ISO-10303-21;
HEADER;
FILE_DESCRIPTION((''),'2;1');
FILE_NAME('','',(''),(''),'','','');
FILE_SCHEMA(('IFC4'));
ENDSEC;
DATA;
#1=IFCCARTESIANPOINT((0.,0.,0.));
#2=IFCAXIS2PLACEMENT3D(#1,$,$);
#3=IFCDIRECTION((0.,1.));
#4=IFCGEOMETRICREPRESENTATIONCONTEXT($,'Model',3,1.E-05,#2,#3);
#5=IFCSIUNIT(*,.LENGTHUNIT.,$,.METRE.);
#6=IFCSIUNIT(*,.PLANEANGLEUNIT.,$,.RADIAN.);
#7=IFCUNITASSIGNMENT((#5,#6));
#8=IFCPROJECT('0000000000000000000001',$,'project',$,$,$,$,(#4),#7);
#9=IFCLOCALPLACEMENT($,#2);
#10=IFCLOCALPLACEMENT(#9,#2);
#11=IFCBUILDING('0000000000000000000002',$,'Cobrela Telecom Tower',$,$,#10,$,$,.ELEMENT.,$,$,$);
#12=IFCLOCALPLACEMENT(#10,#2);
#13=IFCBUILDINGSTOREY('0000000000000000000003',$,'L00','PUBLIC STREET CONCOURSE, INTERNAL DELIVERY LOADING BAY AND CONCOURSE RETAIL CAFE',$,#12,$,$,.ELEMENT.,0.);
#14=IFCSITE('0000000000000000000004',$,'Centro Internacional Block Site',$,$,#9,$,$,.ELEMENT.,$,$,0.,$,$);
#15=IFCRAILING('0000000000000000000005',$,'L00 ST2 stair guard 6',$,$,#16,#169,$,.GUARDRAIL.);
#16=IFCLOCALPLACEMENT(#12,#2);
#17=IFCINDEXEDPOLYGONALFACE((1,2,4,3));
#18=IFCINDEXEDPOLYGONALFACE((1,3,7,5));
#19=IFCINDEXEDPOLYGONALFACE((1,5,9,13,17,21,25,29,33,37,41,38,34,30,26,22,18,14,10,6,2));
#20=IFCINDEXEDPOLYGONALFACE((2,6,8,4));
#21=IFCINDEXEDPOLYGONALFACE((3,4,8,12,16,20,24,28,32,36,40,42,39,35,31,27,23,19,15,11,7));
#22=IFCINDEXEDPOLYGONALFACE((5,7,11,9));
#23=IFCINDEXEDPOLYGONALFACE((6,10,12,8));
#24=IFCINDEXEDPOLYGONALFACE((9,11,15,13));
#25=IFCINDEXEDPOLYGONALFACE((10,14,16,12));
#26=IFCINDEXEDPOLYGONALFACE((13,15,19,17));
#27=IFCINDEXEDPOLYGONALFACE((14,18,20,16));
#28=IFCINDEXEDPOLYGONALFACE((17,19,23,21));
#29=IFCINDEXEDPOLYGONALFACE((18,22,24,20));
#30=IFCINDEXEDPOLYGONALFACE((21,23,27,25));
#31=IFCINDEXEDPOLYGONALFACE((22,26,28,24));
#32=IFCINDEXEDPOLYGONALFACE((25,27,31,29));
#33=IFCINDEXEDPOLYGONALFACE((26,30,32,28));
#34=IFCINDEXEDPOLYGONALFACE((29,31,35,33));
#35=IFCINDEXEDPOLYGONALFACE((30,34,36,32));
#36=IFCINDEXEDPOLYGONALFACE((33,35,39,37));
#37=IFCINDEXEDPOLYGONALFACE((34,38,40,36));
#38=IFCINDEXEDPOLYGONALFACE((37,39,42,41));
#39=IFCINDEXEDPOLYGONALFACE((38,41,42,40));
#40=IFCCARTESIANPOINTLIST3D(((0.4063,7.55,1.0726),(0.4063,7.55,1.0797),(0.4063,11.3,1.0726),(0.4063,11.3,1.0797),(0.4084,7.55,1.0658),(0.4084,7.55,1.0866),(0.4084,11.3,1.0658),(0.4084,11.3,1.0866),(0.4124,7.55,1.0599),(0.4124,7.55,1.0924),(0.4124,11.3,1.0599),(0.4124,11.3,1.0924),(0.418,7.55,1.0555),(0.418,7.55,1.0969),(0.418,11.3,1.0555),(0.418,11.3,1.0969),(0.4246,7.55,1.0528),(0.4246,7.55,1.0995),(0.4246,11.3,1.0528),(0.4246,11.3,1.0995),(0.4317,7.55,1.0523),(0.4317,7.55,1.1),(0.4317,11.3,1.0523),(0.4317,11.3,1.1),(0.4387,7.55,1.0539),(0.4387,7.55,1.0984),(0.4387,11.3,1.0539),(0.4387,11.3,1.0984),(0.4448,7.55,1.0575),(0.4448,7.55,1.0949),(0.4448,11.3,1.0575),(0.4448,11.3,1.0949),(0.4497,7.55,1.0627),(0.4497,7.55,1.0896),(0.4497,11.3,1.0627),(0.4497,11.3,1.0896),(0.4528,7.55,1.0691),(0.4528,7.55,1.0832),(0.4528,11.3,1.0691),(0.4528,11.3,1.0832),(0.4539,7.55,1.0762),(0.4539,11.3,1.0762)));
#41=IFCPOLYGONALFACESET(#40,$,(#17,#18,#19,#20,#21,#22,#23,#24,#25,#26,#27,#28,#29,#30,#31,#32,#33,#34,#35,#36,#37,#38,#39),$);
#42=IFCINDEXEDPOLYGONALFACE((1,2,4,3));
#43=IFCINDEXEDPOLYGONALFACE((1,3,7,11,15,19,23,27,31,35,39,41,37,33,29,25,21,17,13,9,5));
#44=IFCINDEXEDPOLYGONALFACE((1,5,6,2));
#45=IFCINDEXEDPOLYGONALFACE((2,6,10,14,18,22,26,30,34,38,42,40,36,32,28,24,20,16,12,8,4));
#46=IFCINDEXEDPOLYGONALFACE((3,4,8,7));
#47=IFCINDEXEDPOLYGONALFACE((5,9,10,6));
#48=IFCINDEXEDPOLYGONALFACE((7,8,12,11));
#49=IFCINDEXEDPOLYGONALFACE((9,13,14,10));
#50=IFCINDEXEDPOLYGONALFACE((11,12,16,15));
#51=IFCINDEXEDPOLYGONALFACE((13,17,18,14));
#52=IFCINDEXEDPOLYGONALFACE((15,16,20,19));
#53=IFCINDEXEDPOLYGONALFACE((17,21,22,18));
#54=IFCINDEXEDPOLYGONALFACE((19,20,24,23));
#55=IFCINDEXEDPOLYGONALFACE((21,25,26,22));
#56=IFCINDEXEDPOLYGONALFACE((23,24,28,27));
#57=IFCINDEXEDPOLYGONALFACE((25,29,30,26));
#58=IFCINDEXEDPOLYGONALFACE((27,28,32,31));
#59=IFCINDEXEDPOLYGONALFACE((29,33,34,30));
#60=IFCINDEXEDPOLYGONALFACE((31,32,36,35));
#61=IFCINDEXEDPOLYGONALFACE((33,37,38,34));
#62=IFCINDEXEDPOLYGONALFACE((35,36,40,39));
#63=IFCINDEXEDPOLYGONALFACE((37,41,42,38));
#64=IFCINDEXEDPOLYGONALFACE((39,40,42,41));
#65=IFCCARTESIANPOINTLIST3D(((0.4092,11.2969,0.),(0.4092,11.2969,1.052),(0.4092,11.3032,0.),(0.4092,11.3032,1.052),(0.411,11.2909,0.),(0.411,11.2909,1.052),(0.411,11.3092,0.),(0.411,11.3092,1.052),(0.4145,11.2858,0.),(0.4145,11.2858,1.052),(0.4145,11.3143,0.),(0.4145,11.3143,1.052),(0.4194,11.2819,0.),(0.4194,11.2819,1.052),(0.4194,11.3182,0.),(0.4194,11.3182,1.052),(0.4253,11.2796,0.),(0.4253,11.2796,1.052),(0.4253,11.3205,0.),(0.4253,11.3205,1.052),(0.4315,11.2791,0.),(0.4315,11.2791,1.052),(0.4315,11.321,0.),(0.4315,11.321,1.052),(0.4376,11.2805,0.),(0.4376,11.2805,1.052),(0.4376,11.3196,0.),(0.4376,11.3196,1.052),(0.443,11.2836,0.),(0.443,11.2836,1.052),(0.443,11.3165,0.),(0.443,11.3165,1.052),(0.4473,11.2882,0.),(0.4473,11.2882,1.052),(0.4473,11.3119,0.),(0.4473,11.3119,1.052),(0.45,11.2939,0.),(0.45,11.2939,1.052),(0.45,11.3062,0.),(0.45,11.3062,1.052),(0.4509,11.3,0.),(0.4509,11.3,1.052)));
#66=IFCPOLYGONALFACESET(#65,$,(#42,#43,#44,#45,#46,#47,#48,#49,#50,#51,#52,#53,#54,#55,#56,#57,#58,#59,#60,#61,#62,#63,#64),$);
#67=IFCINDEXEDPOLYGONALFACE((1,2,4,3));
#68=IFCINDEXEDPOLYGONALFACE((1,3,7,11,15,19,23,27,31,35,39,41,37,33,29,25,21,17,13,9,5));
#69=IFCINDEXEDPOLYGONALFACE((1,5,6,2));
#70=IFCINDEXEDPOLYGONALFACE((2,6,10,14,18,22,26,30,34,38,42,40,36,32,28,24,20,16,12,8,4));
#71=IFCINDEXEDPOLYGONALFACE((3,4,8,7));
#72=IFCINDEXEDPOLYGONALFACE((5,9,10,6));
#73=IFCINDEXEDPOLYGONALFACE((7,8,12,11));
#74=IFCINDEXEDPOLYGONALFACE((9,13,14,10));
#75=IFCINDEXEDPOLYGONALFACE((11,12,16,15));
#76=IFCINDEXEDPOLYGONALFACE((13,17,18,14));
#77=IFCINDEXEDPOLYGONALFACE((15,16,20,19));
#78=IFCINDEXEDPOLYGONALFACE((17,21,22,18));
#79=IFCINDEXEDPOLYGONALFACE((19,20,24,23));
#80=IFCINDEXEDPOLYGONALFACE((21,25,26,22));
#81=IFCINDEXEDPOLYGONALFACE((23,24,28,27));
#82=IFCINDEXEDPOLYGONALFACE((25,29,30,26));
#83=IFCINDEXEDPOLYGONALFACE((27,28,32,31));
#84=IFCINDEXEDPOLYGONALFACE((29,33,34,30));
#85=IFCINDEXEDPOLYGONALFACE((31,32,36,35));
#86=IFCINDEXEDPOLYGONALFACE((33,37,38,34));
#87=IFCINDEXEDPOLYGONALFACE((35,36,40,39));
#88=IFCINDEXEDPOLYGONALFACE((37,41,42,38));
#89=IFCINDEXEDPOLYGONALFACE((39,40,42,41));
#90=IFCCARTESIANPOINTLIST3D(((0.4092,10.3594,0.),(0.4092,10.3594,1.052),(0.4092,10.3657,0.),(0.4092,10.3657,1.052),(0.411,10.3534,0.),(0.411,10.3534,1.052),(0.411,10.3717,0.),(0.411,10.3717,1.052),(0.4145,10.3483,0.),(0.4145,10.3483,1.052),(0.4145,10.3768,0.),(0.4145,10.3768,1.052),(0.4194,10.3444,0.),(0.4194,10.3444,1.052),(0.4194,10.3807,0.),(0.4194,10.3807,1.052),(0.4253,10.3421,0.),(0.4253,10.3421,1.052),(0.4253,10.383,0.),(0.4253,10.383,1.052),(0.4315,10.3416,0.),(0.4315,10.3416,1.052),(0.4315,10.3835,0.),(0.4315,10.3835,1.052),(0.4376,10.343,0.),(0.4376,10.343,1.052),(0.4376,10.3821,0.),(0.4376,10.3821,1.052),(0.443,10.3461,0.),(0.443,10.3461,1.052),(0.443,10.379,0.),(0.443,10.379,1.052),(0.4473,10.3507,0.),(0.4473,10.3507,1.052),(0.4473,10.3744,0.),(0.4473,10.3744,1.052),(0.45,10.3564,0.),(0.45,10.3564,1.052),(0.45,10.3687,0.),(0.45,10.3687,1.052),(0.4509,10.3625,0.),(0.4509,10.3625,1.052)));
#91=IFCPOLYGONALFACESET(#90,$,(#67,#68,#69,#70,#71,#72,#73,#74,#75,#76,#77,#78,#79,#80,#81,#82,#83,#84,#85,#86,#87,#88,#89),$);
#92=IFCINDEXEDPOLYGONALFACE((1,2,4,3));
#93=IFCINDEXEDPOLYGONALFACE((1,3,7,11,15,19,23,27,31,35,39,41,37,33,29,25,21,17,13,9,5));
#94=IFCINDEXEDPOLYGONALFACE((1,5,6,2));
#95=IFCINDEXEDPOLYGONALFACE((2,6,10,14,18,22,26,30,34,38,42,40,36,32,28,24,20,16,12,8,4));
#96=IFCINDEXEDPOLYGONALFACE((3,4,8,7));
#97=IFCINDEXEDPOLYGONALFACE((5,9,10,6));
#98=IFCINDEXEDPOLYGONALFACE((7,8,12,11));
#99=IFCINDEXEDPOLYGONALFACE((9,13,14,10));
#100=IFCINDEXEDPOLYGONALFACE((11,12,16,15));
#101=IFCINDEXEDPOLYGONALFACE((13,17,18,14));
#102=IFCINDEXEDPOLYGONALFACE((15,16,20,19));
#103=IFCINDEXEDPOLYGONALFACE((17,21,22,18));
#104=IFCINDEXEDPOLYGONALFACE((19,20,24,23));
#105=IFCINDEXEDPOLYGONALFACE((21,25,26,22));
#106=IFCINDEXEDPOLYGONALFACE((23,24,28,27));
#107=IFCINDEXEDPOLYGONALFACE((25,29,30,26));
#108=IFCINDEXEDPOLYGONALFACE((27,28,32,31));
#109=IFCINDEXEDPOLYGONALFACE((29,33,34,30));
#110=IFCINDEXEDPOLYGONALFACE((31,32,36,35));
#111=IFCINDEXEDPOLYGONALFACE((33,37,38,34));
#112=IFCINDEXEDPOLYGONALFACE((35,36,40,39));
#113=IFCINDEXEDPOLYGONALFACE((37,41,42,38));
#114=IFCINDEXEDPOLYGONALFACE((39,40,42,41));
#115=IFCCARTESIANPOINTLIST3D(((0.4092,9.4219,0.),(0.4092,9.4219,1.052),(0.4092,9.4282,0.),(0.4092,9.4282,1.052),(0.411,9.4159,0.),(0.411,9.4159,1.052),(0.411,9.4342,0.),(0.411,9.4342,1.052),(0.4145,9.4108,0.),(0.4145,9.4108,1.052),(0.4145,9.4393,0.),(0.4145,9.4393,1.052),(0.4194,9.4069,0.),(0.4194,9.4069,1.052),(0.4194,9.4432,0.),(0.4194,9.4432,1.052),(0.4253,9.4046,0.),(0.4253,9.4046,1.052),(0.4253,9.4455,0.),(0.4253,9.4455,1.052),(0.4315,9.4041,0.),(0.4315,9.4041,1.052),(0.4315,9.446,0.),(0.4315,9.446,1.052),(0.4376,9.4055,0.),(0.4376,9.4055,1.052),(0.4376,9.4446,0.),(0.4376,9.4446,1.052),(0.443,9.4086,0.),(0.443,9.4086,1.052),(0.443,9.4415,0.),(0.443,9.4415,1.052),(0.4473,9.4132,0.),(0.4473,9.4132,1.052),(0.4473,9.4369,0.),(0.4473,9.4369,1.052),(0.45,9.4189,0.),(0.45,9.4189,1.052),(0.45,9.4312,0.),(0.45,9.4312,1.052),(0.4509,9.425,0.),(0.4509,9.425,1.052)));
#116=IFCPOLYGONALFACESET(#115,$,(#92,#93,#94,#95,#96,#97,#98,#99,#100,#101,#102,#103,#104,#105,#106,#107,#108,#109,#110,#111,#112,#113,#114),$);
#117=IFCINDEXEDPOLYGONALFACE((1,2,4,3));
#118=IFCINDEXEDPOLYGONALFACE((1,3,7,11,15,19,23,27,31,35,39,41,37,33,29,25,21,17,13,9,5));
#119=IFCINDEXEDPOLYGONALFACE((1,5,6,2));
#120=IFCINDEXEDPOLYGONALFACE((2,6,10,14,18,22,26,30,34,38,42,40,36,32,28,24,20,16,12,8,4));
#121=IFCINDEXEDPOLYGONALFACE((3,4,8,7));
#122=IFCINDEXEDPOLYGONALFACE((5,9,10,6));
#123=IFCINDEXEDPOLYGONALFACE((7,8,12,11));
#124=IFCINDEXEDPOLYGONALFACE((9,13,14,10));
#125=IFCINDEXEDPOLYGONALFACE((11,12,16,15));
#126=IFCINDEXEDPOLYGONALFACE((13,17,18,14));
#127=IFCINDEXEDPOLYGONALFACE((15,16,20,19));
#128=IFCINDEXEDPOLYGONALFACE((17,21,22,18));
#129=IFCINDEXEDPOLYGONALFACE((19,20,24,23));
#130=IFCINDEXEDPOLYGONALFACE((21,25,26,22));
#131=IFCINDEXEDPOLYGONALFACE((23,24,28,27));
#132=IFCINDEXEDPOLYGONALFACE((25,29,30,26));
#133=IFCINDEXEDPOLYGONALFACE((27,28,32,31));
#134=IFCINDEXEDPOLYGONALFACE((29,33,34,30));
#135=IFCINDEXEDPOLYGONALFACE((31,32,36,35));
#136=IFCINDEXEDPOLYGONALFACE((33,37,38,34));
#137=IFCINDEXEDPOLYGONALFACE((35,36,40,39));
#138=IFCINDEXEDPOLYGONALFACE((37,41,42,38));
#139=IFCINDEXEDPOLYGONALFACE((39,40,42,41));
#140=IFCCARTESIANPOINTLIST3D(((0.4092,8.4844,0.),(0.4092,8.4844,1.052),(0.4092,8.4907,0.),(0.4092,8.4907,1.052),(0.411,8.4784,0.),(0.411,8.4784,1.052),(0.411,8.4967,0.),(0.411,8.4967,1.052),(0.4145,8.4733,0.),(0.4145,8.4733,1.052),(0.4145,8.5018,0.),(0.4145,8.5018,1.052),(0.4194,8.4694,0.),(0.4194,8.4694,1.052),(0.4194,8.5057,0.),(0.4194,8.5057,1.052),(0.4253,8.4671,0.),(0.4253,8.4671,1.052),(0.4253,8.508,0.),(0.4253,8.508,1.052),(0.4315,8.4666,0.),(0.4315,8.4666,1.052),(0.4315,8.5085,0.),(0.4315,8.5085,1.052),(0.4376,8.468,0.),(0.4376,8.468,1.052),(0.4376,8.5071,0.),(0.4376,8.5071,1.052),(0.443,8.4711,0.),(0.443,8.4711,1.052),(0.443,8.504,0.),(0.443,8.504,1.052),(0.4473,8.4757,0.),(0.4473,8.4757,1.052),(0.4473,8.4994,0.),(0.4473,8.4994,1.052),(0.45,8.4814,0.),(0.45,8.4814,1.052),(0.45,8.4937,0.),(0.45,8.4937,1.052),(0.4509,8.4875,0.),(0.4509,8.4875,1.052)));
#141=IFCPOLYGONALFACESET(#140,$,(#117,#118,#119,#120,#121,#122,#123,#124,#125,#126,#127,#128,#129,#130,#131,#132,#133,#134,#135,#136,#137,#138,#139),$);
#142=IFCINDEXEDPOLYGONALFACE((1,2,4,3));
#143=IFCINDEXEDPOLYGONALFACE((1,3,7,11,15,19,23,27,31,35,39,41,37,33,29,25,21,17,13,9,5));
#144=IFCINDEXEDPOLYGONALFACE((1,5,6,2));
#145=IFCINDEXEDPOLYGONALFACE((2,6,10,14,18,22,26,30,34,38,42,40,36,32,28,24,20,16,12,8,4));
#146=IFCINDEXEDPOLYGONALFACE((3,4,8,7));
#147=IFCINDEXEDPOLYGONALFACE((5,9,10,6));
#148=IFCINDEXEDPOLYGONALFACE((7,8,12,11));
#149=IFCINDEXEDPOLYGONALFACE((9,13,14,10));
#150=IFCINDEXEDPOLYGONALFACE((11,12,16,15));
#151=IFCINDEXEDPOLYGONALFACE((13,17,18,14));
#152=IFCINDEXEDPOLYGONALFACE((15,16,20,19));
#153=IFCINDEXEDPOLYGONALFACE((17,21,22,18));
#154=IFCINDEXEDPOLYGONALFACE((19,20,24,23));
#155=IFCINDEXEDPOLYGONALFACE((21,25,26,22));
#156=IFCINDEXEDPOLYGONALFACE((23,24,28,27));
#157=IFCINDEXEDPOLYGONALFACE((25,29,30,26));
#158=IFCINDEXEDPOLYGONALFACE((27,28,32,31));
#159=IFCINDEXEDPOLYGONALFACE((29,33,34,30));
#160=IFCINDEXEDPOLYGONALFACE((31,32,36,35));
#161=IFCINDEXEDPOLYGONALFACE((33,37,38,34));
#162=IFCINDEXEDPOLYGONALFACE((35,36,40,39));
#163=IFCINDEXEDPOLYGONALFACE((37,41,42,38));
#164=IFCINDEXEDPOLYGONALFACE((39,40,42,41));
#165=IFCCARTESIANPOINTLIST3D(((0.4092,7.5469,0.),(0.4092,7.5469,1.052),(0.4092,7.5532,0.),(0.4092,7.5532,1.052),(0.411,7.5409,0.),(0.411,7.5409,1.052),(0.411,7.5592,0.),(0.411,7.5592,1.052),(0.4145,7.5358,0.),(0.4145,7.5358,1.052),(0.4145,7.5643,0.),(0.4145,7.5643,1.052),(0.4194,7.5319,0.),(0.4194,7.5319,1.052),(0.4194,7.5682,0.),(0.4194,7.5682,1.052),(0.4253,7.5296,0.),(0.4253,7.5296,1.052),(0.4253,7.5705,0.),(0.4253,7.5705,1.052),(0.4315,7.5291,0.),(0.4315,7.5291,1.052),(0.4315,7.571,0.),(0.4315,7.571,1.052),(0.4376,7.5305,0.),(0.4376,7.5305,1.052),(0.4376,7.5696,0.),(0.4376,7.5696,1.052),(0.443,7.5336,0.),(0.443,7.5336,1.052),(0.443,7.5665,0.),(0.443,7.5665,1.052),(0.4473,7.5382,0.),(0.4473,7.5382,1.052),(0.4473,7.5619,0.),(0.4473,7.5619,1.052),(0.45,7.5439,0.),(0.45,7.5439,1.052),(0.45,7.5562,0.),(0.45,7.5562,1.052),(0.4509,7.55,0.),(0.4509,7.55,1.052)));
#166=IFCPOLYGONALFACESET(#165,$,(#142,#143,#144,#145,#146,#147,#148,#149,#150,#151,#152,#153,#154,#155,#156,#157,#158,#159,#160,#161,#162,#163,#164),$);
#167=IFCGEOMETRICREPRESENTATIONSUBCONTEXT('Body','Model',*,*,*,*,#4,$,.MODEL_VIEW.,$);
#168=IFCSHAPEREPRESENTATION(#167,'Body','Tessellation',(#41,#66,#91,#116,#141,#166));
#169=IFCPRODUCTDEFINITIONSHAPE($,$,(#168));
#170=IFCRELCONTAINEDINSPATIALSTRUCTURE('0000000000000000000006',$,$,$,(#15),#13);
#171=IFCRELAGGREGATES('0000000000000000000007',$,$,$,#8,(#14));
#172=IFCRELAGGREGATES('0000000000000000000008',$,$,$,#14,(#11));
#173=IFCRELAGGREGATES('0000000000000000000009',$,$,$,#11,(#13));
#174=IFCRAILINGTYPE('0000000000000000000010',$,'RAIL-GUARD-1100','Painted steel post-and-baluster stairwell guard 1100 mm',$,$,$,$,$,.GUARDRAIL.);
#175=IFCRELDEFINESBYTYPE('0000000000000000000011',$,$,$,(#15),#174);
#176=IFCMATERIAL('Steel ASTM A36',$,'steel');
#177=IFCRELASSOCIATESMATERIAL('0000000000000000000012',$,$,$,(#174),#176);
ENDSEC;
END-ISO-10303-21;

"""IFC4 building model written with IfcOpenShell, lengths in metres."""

from ifc_helpers import new_model, si_unit, direction, frame, origin, origin_2d, place, context, subcontext, project, spatial, circle, extrude, material, type_object, element, save


model = new_model("IFC4")

# Units and contexts
model_context = context("Model", 3, precision=1e-05, world=origin(), true_north=direction((0.0, 1.0)))
body_context = subcontext(model_context, "Body", "Model", "MODEL_VIEW")
ifc_project = project(units=[si_unit("LENGTHUNIT", "METRE"), si_unit("PLANEANGLEUNIT", "RADIAN")], contexts=[model_context])

# Site, building, storey
site_placement = place(None, origin())
site = spatial("IfcSite", under=ifc_project, at=site_placement, Name="Centro Internacional Block Site", CompositionType="ELEMENT", RefElevation=0.0)
building_placement = place(site_placement, origin())
building = spatial("IfcBuilding", under=site, at=building_placement, Name="Cobrela Telecom Tower", CompositionType="ELEMENT")
storey_placement = place(building_placement, origin())
storey = spatial("IfcBuildingStorey", under=building, at=storey_placement, Name="L00", Description="PUBLIC STREET CONCOURSE, INTERNAL DELIVERY LOADING BAY AND CONCOURSE RETAIL CAFE", CompositionType="ELEMENT", Elevation=0.0)

# Shared definitions
ifc_material_1 = material(Name="Steel ASTM A36", Category="steel")

# Railing
railing_type_1 = type_object("IfcRailingType", Name="RAIL-GUARD-1100", Description="Painted steel post-and-baluster stairwell guard 1100 mm", PredefinedType="GUARDRAIL", material=ifc_material_1)
railing_1_placement = place(storey_placement, frame((0.4299, 11.3, 0.0)))
element("IfcRailing", 1, at=railing_1_placement, inside=storey, type_object=railing_type_1, Name="L00 ST2 stair guard 6", PredefinedType="GUARDRAIL", context=body_context, shape_type="SweptSolid", body=[
    extrude(circle(Radius=0.0239, at=origin_2d()), frame((0.0, 0.0, 1.0762), z_axis=(0.0, -1.0, 0.0), x_axis=(1.0, 0.0, 0.0)), (0.0, 0.0, 1.0), 3.75),
    extrude(circle(Radius=0.021, at=origin_2d()), origin(), (0.0, 0.0, 1.0), 1.052),
    extrude(circle(Radius=0.021, at=origin_2d()), frame((0.0, -0.9375, 0.0)), (0.0, 0.0, 1.0), 1.052),
    extrude(circle(Radius=0.021, at=origin_2d()), frame((0.0, -1.875, 0.0)), (0.0, 0.0, 1.0), 1.052),
    extrude(circle(Radius=0.021, at=origin_2d()), frame((0.0, -2.8125, 0.0)), (0.0, 0.0, 1.0), 1.052),
    extrude(circle(Radius=0.021, at=origin_2d()), frame((0.0, -3.75, 0.0)), (0.0, 0.0, 1.0), 1.052),
])

save(model, "model.ifc")
